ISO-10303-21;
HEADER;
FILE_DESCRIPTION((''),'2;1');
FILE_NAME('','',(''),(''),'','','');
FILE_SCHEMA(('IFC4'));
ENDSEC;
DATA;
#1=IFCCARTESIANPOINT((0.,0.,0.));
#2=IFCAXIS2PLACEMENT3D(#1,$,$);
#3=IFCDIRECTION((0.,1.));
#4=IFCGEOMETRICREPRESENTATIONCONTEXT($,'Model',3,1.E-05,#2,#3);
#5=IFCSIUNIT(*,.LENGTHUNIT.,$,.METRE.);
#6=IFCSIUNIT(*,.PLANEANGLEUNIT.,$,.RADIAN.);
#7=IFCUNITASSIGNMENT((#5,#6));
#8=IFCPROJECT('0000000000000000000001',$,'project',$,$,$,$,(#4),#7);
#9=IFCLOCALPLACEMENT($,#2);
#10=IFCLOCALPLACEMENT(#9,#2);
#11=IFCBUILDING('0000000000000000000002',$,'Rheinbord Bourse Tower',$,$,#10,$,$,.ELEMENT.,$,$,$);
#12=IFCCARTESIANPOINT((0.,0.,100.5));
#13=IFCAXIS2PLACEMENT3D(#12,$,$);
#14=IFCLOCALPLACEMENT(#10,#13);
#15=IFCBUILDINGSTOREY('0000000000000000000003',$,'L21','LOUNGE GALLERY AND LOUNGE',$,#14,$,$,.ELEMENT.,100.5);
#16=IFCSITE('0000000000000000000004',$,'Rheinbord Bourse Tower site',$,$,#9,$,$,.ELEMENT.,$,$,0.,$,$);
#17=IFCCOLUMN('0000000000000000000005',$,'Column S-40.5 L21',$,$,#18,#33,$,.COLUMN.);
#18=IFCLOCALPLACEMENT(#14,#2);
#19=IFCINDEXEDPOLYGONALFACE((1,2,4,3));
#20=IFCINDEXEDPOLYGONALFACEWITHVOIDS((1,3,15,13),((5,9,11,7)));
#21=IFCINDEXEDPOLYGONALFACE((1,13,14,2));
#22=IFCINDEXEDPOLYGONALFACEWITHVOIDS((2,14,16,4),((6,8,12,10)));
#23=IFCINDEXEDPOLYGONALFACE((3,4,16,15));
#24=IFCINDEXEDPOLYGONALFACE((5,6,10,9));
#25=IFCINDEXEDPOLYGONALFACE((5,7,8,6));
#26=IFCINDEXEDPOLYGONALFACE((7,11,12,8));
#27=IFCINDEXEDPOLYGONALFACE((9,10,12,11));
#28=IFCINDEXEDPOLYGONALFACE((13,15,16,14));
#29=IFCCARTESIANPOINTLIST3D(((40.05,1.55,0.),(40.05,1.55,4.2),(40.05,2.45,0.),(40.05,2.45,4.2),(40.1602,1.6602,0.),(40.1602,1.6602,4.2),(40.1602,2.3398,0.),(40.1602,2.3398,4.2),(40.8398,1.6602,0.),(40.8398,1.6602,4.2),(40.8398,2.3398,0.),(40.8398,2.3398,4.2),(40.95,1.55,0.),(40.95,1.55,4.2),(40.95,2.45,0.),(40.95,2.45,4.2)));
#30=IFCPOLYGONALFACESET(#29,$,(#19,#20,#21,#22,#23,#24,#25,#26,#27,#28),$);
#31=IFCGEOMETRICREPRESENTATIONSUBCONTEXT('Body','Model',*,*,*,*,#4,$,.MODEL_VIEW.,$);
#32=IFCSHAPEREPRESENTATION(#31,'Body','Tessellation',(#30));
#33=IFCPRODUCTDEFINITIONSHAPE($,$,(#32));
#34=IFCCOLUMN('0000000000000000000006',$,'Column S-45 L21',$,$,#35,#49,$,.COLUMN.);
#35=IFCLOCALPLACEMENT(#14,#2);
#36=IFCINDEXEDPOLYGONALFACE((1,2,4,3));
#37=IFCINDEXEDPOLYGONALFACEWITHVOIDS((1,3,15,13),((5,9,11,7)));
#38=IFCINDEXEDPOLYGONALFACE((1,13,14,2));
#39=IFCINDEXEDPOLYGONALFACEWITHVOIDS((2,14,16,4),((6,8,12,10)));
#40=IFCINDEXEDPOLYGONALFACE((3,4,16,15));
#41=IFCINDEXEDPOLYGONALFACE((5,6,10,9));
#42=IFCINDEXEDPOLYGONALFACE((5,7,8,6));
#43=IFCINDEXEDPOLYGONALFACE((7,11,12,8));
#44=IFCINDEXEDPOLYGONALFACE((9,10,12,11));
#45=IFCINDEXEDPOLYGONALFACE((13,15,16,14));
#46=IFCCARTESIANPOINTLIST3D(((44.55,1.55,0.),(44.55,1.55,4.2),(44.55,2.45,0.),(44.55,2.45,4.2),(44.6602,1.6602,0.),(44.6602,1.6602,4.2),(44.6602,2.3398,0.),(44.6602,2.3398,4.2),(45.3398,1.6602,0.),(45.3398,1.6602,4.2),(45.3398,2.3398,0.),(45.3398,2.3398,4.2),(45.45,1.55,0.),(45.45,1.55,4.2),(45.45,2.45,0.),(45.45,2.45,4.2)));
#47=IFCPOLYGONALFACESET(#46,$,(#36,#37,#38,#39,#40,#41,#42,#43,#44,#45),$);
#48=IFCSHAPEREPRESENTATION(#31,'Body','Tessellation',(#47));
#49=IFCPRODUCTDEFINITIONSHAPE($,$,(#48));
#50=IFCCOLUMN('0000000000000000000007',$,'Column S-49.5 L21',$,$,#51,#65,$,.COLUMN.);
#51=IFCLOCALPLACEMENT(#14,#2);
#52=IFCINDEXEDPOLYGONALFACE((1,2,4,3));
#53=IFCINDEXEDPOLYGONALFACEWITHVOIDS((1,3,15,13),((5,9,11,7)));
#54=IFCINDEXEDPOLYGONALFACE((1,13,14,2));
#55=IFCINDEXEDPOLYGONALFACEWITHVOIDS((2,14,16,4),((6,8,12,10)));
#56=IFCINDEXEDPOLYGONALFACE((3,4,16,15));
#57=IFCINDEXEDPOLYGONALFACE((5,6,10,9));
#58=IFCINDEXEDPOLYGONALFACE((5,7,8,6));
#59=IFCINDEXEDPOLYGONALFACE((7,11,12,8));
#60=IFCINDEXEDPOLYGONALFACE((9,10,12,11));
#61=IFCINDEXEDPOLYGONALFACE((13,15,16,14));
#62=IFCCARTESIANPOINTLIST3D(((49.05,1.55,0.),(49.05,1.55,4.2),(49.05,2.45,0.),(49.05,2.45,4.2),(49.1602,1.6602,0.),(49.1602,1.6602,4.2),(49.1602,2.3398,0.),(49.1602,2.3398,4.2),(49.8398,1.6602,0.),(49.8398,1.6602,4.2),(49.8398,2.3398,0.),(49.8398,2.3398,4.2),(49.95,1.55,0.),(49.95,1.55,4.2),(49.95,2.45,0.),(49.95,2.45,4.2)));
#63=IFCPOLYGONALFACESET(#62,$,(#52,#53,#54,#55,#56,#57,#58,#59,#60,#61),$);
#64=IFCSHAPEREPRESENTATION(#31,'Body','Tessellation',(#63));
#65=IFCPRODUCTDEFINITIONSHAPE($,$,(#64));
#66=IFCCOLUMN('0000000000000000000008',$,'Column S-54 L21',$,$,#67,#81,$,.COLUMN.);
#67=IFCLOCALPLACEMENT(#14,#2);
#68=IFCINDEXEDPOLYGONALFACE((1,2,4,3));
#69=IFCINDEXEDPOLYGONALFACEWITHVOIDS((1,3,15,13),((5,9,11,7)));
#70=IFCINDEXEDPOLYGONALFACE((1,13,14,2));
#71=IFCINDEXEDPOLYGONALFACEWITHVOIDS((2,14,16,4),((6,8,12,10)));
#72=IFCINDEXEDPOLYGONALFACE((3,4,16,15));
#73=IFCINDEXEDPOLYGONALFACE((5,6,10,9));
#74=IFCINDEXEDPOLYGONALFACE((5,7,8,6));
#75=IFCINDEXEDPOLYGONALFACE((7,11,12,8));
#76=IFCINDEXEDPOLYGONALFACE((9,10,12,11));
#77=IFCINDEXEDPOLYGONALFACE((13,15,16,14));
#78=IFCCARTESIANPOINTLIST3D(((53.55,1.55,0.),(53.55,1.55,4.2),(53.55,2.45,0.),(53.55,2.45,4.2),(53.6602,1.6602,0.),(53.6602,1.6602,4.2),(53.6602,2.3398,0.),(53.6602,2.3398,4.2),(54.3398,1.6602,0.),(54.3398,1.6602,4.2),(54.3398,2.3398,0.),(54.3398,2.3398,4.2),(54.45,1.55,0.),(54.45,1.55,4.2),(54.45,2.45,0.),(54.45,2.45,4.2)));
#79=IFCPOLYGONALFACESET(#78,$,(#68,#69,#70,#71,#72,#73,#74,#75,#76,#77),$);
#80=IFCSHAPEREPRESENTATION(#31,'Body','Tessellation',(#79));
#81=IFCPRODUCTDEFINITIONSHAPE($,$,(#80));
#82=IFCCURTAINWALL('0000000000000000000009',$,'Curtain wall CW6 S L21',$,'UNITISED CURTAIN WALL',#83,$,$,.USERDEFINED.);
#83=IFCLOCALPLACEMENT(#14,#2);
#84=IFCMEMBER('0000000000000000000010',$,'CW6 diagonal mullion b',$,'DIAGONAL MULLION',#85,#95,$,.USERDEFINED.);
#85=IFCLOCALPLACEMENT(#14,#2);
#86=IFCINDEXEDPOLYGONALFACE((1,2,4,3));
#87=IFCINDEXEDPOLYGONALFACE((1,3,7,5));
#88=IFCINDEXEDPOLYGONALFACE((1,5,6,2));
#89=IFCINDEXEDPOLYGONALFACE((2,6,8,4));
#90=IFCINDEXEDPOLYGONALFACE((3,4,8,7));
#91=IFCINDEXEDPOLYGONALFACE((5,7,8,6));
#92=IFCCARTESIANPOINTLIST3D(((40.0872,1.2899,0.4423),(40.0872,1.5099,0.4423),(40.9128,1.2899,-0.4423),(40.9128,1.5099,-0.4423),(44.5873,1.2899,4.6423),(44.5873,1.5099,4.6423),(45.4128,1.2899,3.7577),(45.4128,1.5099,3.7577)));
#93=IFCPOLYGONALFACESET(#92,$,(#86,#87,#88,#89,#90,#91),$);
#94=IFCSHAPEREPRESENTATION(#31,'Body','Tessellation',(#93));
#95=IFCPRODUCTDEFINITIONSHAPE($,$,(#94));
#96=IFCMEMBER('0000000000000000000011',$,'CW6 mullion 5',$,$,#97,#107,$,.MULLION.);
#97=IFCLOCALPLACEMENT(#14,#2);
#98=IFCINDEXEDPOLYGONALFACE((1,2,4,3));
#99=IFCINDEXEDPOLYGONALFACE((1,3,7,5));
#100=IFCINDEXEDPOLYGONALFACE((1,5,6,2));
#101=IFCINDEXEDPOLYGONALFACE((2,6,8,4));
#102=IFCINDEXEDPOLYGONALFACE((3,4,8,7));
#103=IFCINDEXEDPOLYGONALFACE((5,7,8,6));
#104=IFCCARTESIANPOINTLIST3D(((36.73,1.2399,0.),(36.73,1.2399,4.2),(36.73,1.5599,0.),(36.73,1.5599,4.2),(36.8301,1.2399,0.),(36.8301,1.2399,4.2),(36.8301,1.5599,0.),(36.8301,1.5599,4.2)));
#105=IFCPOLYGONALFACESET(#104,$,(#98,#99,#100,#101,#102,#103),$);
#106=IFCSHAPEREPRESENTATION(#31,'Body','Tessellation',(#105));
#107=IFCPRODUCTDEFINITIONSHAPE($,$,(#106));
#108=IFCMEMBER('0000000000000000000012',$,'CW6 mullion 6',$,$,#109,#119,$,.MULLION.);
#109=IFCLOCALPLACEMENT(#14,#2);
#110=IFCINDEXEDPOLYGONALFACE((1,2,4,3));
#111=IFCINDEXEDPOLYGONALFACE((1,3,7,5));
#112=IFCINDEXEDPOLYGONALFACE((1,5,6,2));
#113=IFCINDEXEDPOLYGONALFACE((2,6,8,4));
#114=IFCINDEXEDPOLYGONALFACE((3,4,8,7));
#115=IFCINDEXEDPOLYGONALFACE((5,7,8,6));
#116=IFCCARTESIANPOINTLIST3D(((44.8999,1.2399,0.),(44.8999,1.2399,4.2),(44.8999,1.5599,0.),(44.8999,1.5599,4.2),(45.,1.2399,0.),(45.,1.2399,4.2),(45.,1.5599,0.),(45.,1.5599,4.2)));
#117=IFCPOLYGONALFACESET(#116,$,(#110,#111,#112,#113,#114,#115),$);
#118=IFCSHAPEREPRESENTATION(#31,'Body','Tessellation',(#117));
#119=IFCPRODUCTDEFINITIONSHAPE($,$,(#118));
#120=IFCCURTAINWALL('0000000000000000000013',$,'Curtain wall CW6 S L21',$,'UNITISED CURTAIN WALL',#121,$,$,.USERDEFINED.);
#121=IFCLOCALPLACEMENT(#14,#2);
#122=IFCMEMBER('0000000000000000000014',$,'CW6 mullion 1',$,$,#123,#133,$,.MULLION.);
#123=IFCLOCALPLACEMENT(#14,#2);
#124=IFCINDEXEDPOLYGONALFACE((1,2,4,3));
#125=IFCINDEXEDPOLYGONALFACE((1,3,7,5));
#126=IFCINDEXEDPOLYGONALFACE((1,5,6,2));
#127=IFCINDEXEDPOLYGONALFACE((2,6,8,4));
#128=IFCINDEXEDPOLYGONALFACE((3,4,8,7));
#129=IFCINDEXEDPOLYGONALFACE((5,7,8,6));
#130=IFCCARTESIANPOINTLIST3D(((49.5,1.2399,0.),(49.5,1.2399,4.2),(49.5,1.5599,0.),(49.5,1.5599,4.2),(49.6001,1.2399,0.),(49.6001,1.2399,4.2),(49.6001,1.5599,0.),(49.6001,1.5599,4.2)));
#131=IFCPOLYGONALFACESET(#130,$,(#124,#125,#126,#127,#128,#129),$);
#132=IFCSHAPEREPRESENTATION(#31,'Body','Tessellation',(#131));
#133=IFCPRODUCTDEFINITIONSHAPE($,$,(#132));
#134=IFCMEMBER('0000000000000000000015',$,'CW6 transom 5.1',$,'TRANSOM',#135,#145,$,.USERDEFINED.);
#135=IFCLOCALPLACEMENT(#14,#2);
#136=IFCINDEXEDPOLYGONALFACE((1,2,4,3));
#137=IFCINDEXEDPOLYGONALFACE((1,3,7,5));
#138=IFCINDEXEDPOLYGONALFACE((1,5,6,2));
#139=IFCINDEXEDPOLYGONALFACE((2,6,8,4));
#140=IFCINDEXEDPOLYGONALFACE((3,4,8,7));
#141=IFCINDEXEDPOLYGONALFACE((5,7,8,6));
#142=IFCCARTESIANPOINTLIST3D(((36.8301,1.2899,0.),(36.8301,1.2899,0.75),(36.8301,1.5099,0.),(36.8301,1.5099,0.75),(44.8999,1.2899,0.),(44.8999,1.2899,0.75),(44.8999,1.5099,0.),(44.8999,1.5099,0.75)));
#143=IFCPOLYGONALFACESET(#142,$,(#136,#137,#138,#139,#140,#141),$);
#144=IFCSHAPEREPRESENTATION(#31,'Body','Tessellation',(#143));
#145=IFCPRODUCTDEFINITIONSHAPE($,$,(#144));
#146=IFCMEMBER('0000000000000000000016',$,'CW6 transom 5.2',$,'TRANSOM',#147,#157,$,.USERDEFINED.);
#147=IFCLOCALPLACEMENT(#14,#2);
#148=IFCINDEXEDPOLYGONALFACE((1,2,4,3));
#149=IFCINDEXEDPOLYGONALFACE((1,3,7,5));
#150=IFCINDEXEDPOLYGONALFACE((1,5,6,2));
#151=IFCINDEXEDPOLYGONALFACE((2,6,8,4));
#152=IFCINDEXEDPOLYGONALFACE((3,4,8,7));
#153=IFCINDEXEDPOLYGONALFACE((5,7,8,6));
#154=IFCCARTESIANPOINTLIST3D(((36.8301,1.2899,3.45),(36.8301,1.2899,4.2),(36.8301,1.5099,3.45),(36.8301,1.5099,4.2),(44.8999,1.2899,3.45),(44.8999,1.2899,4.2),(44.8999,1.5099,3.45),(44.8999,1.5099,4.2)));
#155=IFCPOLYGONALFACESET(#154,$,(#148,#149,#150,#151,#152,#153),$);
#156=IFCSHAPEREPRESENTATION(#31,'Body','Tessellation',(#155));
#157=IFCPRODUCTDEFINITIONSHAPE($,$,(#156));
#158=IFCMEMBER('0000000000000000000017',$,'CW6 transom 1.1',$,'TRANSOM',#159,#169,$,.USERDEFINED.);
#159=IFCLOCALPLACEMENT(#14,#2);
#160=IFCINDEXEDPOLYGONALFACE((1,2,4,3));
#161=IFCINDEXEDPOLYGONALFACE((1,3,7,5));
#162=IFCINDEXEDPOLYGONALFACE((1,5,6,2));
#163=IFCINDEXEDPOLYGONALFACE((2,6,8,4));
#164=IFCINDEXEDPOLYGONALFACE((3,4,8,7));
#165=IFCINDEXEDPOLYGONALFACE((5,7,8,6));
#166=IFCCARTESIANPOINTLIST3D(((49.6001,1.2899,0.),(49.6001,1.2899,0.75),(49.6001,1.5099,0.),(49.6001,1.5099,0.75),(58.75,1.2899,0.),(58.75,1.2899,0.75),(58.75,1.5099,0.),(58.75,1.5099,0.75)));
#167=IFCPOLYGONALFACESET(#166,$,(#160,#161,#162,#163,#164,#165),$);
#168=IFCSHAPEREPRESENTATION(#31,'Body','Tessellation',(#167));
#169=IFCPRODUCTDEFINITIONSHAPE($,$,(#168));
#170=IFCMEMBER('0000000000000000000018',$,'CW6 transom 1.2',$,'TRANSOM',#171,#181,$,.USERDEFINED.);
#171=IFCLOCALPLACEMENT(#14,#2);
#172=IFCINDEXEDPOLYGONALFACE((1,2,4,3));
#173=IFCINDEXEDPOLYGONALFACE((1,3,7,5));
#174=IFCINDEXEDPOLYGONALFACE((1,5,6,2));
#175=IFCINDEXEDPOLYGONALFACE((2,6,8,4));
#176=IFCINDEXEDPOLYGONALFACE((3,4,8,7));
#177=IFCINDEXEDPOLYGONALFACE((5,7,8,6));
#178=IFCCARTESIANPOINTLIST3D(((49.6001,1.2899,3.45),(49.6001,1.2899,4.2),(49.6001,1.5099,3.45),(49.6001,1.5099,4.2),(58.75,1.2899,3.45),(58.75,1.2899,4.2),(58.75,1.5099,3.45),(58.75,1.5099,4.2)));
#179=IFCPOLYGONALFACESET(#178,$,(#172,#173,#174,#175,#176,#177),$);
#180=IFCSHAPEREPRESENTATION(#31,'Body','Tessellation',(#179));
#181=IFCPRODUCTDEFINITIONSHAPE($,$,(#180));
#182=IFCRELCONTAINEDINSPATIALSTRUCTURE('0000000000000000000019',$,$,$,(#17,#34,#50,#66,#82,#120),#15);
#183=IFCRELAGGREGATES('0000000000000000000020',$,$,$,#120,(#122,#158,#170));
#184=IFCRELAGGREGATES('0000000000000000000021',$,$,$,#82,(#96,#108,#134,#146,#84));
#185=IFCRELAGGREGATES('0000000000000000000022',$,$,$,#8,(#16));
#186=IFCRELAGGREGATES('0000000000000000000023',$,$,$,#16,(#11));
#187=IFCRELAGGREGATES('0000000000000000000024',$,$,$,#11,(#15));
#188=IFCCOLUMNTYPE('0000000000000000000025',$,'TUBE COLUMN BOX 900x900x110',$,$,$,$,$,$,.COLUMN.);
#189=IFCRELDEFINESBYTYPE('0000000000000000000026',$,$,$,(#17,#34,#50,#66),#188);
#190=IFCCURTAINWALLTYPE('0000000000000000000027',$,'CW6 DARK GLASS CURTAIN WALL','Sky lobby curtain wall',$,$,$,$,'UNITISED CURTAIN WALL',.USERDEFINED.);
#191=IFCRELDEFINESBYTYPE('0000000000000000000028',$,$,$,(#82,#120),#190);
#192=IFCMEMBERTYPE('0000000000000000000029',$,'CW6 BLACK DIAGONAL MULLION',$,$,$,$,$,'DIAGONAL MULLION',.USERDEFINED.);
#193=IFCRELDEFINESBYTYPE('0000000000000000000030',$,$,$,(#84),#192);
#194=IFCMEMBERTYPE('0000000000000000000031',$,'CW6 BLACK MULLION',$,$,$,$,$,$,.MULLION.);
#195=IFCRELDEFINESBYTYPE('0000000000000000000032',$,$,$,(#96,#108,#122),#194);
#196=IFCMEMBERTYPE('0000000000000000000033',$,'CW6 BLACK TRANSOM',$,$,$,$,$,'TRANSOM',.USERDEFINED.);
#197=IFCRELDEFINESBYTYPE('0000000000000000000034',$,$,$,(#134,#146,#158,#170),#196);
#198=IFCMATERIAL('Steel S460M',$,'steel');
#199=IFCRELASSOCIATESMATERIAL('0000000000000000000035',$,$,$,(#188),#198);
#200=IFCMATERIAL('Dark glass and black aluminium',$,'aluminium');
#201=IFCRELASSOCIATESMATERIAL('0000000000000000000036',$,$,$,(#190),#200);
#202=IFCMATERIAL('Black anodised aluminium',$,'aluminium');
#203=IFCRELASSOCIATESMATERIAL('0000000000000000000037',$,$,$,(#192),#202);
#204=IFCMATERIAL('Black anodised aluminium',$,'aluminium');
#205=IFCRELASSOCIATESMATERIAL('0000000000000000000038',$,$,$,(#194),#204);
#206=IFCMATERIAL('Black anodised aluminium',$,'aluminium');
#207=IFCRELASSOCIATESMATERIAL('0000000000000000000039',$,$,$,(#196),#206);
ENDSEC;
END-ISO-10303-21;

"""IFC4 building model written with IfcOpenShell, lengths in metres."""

from ifc_helpers import new_model, si_unit, direction, frame, origin, origin_2d, place, context, subcontext, project, spatial, rectangle, hollow_rectangle, extrude, material, material_profile, profile_set, type_object, element, aggregate, save


model = new_model("IFC4")

# Units and contexts
model_context = context("Model", 3, precision=1e-05, world=origin(), true_north=direction((0.0, 1.0)))
body_context = subcontext(model_context, "Body", "Model", "MODEL_VIEW")
ifc_project = project(units=[si_unit("LENGTHUNIT", "METRE"), si_unit("PLANEANGLEUNIT", "RADIAN")], contexts=[model_context])

# Site, building, storey
site_placement = place(None, origin())
site = spatial("IfcSite", under=ifc_project, at=site_placement, Name="Rheinbord Bourse Tower site", CompositionType="ELEMENT", RefElevation=0.0)
building_placement = place(site_placement, origin())
building = spatial("IfcBuilding", under=site, at=building_placement, Name="Rheinbord Bourse Tower", CompositionType="ELEMENT")
storey_placement = place(building_placement, frame((0.0, 0.0, 100.5)))
storey = spatial("IfcBuildingStorey", under=building, at=storey_placement, Name="L21", Description="LOUNGE GALLERY AND LOUNGE", CompositionType="ELEMENT", Elevation=100.5)

# Columns
ifc_material_1 = material(Name="Steel S460M", Category="steel")
ifc_material_profile_1 = material_profile(ifc_material_1, hollow_rectangle(XDim=0.8999, YDim=0.8999, WallThickness=0.1101, at=origin_2d()), Name="BOX 900x900x110")
ifc_profile_set_1 = profile_set([ifc_material_profile_1], Name="Steel S460M")
column_type = type_object("IfcColumnType", Name="TUBE COLUMN BOX 900x900x110", PredefinedType="COLUMN", material=ifc_profile_set_1)
for number, where, z_axis, x_axis, name in (
    (1, (40.5, 2.0, 0.0), (0.0, 0.0, 1.0), (0.0, 1.0, 0.0), "Column S-40.5 L21"),
    (2, (45.0, 2.0, 0.0), (0.0, 0.0, 1.0), (0.0, 1.0, 0.0), "Column S-45 L21"),
    (3, (49.5, 2.0, 0.0), (0.0, 0.0, 1.0), (0.0, 1.0, 0.0), "Column S-49.5 L21"),
    (4, (54.0, 2.0, 0.0), (0.0, 0.0, 1.0), (0.0, 1.0, 0.0), "Column S-54 L21"),
):
    element("IfcColumn", number, at=place(storey_placement, frame(where, z_axis=z_axis, x_axis=x_axis)), inside=storey, type_object=column_type, Name=name, PredefinedType="COLUMN", context=body_context, shape_type="SweptSolid", body=[
        extrude(hollow_rectangle(XDim=0.8999, YDim=0.8999, WallThickness=0.1101, at=origin_2d()), origin(), (0.0, 0.0, 1.0), 4.2),
    ])

# Curtain wall, members
ifc_material_2 = material(Name="Dark glass and black aluminium", Category="aluminium")
curtain_wall_type = type_object("IfcCurtainWallType", Name="CW6 DARK GLASS CURTAIN WALL", Description="Sky lobby curtain wall", ElementType="UNITISED CURTAIN WALL", PredefinedType="USERDEFINED", material=ifc_material_2)
curtain_wall_1_placement = place(storey_placement, origin())
curtain_wall_1 = element("IfcCurtainWall", 5, at=curtain_wall_1_placement, inside=storey, type_object=curtain_wall_type, Name="Curtain wall CW6 S L21", ObjectType="UNITISED CURTAIN WALL", PredefinedType="USERDEFINED")
ifc_material_3 = material(Name="Black anodised aluminium", Category="aluminium")
ifc_material_profile_2 = material_profile(ifc_material_3, rectangle(XDim=0.22, YDim=1.21, at=origin_2d()), Name="CW6 DIAGONAL MULLION 1210x220")
ifc_profile_set_2 = profile_set([ifc_material_profile_2], Name="Black anodised aluminium")
member_type_1 = type_object("IfcMemberType", Name="CW6 BLACK DIAGONAL MULLION", ElementType="DIAGONAL MULLION", PredefinedType="USERDEFINED", material=ifc_profile_set_2)
member_1_placement = place(storey_placement, frame((40.5, 1.3999, 0.0), z_axis=(0.731059, 0.0, 0.682314), x_axis=(0.0, 1.0, 0.0)))
member_1 = element("IfcMember", 6, at=member_1_placement, type_object=member_type_1, Name="CW6 diagonal mullion b", ObjectType="DIAGONAL MULLION", PredefinedType="USERDEFINED", context=body_context, shape_type="SweptSolid", body=[
    extrude(rectangle(XDim=0.22, YDim=1.21, at=origin_2d()), origin(), (0.0, 0.0, 1.0), 6.1555),
])
ifc_material_4 = material(Name="Black anodised aluminium", Category="aluminium")
ifc_material_profile_3 = material_profile(ifc_material_4, rectangle(XDim=0.3201, YDim=0.1001, at=origin_2d()), Name="CW6 MULLION 100x320")
ifc_profile_set_3 = profile_set([ifc_material_profile_3], Name="Black anodised aluminium")
member_type_2 = type_object("IfcMemberType", Name="CW6 BLACK MULLION", PredefinedType="MULLION", material=ifc_profile_set_3)
member_2_placement = place(storey_placement, frame((36.78, 1.3999, 0.0), z_axis=(0.0, 0.0, 1.0), x_axis=(0.0, 1.0, 0.0)))
member_2 = element("IfcMember", 7, at=member_2_placement, type_object=member_type_2, Name="CW6 mullion 5", PredefinedType="MULLION", context=body_context, shape_type="SweptSolid", body=[
    extrude(rectangle(XDim=0.3201, YDim=0.1001, at=origin_2d()), origin(), (0.0, 0.0, 1.0), 4.2),
])
member_3_placement = place(storey_placement, frame((44.95, 1.3999, 0.0), z_axis=(0.0, 0.0, 1.0), x_axis=(0.0, 1.0, 0.0)))
member_3 = element("IfcMember", 8, at=member_3_placement, type_object=member_type_2, Name="CW6 mullion 6", PredefinedType="MULLION", context=body_context, shape_type="SweptSolid", body=[
    extrude(rectangle(XDim=0.3201, YDim=0.1001, at=origin_2d()), origin(), (0.0, 0.0, 1.0), 4.2),
])

# Curtain wall, member
curtain_wall_2_placement = place(storey_placement, origin())
curtain_wall_2 = element("IfcCurtainWall", 9, at=curtain_wall_2_placement, inside=storey, type_object=curtain_wall_type, Name="Curtain wall CW6 S L21", ObjectType="UNITISED CURTAIN WALL", PredefinedType="USERDEFINED")
member_4_placement = place(storey_placement, frame((49.55, 1.3999, 0.0), z_axis=(0.0, 0.0, 1.0), x_axis=(0.0, 1.0, 0.0)))
member_4 = element("IfcMember", 10, at=member_4_placement, type_object=member_type_2, Name="CW6 mullion 1", PredefinedType="MULLION", context=body_context, shape_type="SweptSolid", body=[
    extrude(rectangle(XDim=0.3201, YDim=0.1001, at=origin_2d()), origin(), (0.0, 0.0, 1.0), 4.2),
])

# Members
ifc_material_5 = material(Name="Black anodised aluminium", Category="aluminium")
ifc_material_profile_4 = material_profile(ifc_material_5, rectangle(XDim=0.22, YDim=0.75, at=origin_2d()), Name="CW6 TRANSOM 750x220")
ifc_profile_set_4 = profile_set([ifc_material_profile_4], Name="Black anodised aluminium")
member_type_3 = type_object("IfcMemberType", Name="CW6 BLACK TRANSOM", ElementType="TRANSOM", PredefinedType="USERDEFINED", material=ifc_profile_set_4)
member_5_placement = place(storey_placement, frame((36.8301, 1.3999, 0.375), z_axis=(1.0, 0.0, 0.0), x_axis=(0.0, 1.0, 0.0)))
member_5 = element("IfcMember", 11, at=member_5_placement, type_object=member_type_3, Name="CW6 transom 5.1", ObjectType="TRANSOM", PredefinedType="USERDEFINED", context=body_context, shape_type="SweptSolid", body=[
    extrude(rectangle(XDim=0.22, YDim=0.75, at=origin_2d()), origin(), (0.0, 0.0, 1.0), 8.0698),
])
member_6_placement = place(storey_placement, frame((36.8301, 1.3999, 3.825), z_axis=(1.0, 0.0, 0.0), x_axis=(0.0, 1.0, 0.0)))
member_6 = element("IfcMember", 12, at=member_6_placement, type_object=member_type_3, Name="CW6 transom 5.2", ObjectType="TRANSOM", PredefinedType="USERDEFINED", context=body_context, shape_type="SweptSolid", body=[
    extrude(rectangle(XDim=0.22, YDim=0.75, at=origin_2d()), origin(), (0.0, 0.0, 1.0), 8.0698),
])
member_7_placement = place(storey_placement, frame((49.6001, 1.3999, 0.375), z_axis=(1.0, 0.0, 0.0), x_axis=(0.0, 1.0, 0.0)))
member_7 = element("IfcMember", 13, at=member_7_placement, type_object=member_type_3, Name="CW6 transom 1.1", ObjectType="TRANSOM", PredefinedType="USERDEFINED", context=body_context, shape_type="SweptSolid", body=[
    extrude(rectangle(XDim=0.22, YDim=0.75, at=origin_2d()), origin(), (0.0, 0.0, 1.0), 9.1499),
])
member_8_placement = place(storey_placement, frame((49.6001, 1.3999, 3.825), z_axis=(1.0, 0.0, 0.0), x_axis=(0.0, 1.0, 0.0)))
member_8 = element("IfcMember", 14, at=member_8_placement, type_object=member_type_3, Name="CW6 transom 1.2", ObjectType="TRANSOM", PredefinedType="USERDEFINED", context=body_context, shape_type="SweptSolid", body=[
    extrude(rectangle(XDim=0.22, YDim=0.75, at=origin_2d()), origin(), (0.0, 0.0, 1.0), 9.1499),
])
aggregate(curtain_wall_2, [member_4, member_7, member_8])

aggregate(curtain_wall_1, [member_2, member_3, member_5, member_6, member_1])

save(model, "model.ifc")
